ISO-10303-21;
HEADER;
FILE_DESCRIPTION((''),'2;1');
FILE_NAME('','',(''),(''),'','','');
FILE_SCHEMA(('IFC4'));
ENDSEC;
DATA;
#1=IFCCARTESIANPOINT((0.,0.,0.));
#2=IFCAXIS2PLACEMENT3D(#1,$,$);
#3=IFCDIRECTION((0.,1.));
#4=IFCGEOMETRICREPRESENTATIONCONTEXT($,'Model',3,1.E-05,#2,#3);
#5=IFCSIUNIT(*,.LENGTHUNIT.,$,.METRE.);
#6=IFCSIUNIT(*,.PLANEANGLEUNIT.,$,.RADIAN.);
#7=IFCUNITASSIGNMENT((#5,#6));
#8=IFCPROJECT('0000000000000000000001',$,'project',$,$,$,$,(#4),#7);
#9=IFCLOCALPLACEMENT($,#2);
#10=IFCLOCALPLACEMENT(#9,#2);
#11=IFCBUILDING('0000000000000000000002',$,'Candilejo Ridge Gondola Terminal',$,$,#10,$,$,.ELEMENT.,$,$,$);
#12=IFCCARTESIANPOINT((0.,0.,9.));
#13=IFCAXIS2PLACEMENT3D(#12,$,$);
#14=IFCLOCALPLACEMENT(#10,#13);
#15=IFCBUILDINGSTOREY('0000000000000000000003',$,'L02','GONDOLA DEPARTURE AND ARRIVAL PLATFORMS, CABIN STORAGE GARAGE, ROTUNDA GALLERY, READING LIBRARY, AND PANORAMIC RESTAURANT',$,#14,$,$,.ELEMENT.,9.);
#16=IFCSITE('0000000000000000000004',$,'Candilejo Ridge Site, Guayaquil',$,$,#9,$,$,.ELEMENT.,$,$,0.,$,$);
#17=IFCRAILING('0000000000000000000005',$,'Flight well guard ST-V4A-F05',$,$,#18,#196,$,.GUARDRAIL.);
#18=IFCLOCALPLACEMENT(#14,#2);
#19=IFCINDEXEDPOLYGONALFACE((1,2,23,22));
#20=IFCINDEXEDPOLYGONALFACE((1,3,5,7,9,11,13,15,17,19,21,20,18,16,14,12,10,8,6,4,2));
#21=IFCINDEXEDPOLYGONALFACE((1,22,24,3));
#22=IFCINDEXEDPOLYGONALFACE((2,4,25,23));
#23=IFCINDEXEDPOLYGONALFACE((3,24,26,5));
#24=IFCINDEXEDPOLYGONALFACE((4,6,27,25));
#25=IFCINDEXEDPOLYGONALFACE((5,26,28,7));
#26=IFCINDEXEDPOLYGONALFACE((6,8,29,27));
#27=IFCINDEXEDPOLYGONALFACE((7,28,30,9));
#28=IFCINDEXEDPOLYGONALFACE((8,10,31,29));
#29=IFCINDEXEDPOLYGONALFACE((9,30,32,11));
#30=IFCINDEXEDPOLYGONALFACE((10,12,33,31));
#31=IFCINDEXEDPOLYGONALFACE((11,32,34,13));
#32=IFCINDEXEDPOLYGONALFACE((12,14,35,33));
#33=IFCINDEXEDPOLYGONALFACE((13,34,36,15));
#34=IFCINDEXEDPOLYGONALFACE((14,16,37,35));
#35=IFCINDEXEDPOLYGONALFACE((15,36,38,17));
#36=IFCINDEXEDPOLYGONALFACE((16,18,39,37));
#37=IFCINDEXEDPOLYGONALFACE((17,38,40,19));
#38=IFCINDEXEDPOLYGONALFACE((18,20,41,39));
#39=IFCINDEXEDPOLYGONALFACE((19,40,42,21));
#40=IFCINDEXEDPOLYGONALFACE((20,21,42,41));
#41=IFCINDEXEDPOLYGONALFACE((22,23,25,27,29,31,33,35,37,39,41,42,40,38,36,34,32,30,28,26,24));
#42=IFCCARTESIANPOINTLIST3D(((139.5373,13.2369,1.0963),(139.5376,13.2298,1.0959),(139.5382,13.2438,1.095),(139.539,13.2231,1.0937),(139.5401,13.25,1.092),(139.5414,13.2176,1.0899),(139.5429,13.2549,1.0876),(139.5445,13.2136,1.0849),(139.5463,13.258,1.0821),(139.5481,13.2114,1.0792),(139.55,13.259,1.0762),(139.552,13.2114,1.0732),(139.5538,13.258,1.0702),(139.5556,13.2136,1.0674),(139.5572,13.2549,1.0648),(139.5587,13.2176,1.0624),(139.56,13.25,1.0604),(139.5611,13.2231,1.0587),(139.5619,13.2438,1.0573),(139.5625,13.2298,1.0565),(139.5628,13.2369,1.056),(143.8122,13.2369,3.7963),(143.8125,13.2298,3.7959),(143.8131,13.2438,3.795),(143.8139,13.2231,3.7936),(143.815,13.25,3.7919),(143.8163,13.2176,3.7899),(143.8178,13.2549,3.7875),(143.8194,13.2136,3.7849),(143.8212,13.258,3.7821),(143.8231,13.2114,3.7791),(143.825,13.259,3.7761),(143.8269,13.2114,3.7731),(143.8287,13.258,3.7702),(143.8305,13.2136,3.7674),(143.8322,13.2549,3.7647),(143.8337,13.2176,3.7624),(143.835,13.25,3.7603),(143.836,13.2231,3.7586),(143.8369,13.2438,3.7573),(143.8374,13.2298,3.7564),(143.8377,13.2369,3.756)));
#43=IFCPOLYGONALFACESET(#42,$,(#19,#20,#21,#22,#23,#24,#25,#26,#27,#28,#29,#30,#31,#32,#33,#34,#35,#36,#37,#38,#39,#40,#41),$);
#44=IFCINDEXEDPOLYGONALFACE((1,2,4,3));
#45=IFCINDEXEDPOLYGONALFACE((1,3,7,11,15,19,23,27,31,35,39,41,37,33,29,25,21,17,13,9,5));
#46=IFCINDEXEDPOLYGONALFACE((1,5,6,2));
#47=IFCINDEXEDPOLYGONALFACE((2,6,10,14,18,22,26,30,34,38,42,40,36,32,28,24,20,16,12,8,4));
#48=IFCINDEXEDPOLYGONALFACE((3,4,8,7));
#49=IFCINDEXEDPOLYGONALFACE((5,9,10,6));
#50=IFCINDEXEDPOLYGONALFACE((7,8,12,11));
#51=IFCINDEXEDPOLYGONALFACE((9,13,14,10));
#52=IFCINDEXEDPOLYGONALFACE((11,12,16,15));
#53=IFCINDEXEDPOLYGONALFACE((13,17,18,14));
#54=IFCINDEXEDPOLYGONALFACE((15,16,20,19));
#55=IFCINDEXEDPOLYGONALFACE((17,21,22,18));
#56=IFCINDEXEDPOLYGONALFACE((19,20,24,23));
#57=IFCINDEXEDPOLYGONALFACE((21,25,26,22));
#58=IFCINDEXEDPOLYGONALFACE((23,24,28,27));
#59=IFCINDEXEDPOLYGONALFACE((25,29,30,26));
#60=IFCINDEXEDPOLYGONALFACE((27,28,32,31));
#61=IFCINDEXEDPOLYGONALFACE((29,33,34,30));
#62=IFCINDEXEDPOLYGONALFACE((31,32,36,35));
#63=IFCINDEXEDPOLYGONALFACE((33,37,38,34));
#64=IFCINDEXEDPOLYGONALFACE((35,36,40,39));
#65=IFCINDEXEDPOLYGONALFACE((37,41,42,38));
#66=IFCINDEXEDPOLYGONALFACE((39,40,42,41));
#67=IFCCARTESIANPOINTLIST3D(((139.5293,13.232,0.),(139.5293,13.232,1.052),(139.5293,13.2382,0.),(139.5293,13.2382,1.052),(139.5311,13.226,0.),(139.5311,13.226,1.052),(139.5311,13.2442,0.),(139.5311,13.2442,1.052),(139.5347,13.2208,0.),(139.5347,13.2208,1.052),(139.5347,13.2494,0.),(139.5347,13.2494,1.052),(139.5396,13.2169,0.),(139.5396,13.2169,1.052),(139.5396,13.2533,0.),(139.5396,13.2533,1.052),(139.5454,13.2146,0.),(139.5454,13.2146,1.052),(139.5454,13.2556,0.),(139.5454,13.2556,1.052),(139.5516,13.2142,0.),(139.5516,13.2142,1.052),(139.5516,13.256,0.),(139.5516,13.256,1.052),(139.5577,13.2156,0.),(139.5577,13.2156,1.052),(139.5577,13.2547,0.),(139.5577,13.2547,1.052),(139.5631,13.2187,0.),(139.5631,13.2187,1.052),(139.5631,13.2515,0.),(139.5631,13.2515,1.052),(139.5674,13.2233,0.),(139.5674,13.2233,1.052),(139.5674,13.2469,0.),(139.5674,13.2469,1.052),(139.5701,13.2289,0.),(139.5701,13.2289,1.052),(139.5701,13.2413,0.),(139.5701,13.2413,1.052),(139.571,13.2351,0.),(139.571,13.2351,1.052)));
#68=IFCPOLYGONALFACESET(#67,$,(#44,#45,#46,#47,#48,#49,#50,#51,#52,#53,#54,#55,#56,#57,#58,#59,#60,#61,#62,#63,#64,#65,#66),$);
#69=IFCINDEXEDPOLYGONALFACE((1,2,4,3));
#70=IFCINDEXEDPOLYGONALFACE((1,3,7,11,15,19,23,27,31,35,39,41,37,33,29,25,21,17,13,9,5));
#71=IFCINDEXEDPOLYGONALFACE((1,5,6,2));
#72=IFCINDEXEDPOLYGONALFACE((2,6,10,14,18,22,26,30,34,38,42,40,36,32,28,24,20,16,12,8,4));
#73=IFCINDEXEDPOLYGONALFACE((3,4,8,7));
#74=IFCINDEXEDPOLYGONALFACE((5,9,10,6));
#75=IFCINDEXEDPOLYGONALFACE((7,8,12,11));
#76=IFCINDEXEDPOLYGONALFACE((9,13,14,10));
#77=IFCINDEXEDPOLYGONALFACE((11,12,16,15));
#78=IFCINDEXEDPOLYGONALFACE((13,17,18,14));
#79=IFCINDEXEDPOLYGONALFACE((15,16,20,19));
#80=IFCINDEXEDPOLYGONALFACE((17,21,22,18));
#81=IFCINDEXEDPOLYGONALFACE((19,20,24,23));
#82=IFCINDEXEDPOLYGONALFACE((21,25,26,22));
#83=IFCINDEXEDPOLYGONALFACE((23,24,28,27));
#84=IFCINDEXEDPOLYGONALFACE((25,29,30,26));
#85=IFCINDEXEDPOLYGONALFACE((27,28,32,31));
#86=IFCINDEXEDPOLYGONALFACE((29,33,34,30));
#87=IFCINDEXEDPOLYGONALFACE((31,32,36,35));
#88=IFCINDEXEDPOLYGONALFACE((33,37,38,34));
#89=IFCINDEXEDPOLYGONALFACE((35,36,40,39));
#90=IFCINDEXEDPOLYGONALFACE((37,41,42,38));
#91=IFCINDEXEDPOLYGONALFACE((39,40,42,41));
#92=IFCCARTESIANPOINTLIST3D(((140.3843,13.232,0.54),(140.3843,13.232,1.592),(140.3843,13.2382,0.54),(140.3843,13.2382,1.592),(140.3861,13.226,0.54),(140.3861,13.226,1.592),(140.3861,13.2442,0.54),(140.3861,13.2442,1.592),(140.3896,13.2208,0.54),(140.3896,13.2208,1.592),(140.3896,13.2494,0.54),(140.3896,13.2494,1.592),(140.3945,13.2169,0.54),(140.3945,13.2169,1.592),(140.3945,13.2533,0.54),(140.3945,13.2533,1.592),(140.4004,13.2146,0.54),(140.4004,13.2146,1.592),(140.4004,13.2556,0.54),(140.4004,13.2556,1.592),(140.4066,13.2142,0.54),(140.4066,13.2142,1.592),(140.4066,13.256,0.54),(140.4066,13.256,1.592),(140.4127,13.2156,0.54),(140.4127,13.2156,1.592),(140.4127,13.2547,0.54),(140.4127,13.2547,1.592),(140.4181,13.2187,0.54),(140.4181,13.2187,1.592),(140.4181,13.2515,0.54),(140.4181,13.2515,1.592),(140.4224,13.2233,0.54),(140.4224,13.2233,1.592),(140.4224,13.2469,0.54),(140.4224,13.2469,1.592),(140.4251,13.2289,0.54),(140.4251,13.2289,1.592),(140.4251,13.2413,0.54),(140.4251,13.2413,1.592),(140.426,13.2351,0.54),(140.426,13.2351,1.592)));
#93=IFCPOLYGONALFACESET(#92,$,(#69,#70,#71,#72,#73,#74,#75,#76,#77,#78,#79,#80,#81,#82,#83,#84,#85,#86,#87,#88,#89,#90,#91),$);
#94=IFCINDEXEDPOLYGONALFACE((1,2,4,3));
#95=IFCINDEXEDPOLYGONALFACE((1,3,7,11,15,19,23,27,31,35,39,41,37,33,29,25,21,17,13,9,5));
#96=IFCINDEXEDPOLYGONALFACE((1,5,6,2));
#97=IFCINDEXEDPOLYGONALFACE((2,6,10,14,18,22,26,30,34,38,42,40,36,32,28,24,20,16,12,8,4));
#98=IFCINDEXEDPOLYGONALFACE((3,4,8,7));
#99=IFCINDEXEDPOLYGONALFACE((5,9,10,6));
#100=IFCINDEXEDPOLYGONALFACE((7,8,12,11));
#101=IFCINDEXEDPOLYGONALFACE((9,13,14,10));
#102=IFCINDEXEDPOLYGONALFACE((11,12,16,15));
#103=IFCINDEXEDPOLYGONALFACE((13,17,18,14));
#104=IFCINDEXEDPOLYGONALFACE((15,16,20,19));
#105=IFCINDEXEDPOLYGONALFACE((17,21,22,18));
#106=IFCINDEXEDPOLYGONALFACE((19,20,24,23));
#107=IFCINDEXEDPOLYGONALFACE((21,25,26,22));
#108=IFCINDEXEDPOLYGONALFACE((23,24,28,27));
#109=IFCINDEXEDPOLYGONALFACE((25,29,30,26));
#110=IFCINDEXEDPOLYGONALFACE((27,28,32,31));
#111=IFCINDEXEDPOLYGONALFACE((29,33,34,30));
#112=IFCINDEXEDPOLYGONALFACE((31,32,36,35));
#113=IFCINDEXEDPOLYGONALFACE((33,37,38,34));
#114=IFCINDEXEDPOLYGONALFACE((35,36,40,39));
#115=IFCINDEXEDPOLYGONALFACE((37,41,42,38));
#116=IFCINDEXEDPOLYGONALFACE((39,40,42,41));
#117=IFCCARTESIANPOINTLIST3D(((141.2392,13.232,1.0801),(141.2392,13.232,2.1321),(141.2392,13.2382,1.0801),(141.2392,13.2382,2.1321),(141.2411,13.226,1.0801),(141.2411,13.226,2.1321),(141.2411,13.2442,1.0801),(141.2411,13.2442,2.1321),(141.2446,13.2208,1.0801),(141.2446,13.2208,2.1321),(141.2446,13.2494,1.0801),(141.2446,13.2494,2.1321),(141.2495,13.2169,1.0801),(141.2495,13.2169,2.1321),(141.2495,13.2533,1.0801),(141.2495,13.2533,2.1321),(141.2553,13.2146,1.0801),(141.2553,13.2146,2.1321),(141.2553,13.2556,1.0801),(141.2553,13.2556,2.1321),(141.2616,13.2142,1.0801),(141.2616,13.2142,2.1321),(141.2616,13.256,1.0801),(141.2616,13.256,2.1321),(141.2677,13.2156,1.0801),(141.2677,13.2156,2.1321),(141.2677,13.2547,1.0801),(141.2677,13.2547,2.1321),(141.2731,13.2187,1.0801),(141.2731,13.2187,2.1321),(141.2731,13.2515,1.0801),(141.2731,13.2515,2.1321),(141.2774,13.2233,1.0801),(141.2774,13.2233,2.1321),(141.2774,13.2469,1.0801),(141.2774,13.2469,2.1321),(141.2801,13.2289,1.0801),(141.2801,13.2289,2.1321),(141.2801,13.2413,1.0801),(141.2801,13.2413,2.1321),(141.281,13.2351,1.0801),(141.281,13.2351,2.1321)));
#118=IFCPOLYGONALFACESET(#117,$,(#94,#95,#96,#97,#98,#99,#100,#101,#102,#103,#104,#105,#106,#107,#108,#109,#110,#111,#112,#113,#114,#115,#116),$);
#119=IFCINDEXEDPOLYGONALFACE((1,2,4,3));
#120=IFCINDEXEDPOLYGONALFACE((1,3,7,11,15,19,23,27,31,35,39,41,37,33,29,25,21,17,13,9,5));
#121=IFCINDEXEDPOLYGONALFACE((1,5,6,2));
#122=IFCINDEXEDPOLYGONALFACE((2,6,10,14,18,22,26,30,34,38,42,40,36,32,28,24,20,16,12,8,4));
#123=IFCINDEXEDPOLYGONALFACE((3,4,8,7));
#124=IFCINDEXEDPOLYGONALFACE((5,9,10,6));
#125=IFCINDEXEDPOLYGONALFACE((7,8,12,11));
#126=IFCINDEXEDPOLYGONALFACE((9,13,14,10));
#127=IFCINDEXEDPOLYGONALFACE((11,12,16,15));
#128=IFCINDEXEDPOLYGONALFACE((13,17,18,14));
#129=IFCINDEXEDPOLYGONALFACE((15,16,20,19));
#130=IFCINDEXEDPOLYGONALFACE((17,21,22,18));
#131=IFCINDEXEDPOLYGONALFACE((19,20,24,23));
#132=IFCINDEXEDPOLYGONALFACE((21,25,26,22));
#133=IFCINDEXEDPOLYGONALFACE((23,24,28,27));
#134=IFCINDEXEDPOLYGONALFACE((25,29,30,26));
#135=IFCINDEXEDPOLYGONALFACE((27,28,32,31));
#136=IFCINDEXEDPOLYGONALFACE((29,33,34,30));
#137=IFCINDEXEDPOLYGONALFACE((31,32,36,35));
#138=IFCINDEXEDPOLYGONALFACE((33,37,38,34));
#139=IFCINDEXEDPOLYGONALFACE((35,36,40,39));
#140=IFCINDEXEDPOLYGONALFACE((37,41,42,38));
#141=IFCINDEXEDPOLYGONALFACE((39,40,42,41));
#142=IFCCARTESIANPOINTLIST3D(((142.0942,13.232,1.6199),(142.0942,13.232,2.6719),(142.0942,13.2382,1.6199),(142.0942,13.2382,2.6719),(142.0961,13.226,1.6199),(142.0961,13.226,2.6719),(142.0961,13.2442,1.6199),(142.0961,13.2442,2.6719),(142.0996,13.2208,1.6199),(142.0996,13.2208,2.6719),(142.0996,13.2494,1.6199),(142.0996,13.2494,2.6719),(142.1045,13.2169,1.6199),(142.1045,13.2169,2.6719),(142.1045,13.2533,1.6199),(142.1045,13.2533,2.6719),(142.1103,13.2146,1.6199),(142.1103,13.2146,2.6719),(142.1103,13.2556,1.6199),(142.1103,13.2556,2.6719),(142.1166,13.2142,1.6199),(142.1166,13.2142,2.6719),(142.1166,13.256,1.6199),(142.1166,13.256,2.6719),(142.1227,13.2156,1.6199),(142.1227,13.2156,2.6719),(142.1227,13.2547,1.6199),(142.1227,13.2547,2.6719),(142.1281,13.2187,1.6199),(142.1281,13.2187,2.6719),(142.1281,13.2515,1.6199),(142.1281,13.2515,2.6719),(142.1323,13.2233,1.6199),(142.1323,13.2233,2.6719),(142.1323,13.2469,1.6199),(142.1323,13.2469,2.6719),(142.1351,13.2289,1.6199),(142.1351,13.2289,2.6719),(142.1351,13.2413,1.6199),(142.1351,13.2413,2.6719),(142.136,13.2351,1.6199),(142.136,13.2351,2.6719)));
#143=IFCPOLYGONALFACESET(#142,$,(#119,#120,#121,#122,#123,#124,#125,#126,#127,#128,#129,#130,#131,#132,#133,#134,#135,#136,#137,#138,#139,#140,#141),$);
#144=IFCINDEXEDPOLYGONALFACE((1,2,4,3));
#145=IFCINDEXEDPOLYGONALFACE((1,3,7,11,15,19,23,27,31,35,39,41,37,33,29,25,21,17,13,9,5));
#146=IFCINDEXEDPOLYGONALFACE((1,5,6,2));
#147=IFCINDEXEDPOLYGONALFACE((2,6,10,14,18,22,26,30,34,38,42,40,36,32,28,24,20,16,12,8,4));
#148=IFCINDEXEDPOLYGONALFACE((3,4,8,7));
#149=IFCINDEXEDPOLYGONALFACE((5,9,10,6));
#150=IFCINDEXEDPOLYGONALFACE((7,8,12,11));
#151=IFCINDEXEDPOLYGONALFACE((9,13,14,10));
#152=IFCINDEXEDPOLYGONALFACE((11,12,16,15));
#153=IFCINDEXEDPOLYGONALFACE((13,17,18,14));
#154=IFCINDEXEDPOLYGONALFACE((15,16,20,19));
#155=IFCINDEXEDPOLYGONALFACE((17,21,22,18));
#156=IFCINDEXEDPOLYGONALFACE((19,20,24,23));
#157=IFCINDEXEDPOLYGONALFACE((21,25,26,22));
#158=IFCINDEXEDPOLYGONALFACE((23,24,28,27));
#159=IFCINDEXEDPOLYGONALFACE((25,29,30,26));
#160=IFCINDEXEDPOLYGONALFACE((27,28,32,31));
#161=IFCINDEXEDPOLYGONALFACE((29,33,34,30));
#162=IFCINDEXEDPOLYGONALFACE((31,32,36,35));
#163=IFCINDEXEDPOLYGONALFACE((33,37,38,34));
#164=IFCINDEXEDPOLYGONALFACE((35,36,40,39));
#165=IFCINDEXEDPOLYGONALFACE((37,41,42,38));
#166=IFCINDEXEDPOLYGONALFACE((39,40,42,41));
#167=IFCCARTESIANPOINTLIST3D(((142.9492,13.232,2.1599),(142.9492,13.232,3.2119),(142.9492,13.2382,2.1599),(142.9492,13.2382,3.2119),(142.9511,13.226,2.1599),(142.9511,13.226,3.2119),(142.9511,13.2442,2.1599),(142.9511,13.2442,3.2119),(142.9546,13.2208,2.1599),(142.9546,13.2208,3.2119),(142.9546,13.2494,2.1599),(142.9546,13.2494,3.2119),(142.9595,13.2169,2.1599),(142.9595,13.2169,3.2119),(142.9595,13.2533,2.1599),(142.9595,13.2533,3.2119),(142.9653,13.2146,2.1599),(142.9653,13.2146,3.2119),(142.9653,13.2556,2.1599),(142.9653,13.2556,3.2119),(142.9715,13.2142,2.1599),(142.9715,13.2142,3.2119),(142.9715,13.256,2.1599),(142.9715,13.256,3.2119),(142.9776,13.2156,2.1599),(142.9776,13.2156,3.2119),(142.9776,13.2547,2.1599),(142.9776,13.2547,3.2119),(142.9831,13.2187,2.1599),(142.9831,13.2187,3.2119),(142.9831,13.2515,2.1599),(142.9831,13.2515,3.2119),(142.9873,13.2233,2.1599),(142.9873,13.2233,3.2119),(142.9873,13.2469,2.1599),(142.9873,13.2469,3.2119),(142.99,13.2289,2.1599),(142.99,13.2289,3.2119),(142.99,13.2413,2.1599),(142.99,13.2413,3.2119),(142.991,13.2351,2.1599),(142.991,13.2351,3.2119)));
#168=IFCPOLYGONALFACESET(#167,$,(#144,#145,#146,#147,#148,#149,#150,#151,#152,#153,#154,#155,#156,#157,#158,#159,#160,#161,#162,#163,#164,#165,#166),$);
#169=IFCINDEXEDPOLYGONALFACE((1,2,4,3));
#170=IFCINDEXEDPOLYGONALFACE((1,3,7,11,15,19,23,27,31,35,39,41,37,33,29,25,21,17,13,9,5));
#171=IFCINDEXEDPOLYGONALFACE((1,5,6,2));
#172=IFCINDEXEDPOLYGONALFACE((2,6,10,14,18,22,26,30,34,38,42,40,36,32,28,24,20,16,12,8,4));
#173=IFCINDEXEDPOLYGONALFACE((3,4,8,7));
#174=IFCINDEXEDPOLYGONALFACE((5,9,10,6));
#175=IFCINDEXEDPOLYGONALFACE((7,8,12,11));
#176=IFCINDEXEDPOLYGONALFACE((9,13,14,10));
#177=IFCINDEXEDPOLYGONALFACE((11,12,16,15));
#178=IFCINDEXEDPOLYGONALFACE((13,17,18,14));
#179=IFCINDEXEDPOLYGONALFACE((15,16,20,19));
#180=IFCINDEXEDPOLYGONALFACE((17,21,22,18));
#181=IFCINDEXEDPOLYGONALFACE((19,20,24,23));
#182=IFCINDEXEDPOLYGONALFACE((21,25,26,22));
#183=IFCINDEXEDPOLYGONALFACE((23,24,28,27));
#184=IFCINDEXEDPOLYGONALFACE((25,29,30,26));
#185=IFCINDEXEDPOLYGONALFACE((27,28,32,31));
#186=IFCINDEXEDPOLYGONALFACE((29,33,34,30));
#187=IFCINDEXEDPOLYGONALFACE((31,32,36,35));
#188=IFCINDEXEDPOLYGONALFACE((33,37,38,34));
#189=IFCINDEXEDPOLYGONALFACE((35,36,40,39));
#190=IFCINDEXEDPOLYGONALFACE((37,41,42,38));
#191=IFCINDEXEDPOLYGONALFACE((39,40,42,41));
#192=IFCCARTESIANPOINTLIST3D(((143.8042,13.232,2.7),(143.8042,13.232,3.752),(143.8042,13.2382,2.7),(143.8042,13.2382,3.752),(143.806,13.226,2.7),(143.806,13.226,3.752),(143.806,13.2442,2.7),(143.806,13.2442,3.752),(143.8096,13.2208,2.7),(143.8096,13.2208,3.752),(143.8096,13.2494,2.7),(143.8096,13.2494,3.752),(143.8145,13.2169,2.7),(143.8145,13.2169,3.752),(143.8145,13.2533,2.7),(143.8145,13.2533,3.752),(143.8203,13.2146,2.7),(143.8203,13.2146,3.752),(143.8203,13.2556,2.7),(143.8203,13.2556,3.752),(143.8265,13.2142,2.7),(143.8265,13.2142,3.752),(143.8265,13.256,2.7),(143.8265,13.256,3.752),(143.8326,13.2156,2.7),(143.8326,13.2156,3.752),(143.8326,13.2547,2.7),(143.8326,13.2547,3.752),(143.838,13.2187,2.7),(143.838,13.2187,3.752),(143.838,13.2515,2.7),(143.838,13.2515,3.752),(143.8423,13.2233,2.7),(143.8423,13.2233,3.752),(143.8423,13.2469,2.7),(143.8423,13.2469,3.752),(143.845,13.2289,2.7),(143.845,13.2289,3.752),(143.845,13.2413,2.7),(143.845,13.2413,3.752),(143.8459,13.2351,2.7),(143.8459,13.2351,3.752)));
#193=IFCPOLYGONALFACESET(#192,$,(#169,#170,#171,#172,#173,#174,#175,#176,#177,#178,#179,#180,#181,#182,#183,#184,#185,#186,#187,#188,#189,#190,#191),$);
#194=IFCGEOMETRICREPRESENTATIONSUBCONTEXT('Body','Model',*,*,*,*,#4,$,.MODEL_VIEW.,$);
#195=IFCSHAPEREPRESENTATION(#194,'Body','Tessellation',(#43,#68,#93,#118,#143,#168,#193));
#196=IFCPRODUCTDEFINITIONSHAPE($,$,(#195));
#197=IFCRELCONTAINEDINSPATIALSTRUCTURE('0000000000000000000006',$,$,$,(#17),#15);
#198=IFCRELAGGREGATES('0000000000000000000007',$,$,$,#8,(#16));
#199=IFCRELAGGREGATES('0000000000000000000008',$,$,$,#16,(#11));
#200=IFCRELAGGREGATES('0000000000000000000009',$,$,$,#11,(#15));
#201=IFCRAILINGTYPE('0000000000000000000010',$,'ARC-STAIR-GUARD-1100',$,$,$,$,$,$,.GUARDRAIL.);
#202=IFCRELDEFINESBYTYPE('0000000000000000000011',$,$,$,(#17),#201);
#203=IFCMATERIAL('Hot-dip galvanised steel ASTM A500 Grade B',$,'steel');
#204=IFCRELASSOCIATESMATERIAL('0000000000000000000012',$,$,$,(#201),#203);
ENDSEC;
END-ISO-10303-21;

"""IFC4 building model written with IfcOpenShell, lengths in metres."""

from ifc_helpers import new_model, si_unit, direction, frame, origin, origin_2d, place, context, subcontext, project, spatial, circle, extrude, material, type_object, element, save


model = new_model("IFC4")

# Units and contexts
model_context = context("Model", 3, precision=1e-05, world=origin(), true_north=direction((0.0, 1.0)))
body_context = subcontext(model_context, "Body", "Model", "MODEL_VIEW")
ifc_project = project(units=[si_unit("LENGTHUNIT", "METRE"), si_unit("PLANEANGLEUNIT", "RADIAN")], contexts=[model_context])

# Site, building, storey
site_placement = place(None, origin())
site = spatial("IfcSite", under=ifc_project, at=site_placement, Name="Candilejo Ridge Site, Guayaquil", CompositionType="ELEMENT", RefElevation=0.0)
building_placement = place(site_placement, origin())
building = spatial("IfcBuilding", under=site, at=building_placement, Name="Candilejo Ridge Gondola Terminal", CompositionType="ELEMENT")
storey_placement = place(building_placement, frame((0.0, 0.0, 9.0)))
storey = spatial("IfcBuildingStorey", under=building, at=storey_placement, Name="L02", Description="GONDOLA DEPARTURE AND ARRIVAL PLATFORMS, CABIN STORAGE GARAGE, ROTUNDA GALLERY, READING LIBRARY, AND PANORAMIC RESTAURANT", CompositionType="ELEMENT", Elevation=9.0)

# Railing
ifc_material_1 = material(Name="Hot-dip galvanised steel ASTM A500 Grade B", Category="steel")
railing_type_1 = type_object("IfcRailingType", Name="ARC-STAIR-GUARD-1100", PredefinedType="GUARDRAIL", material=ifc_material_1)
railing_1_placement = place(storey_placement, frame((139.55, 13.2351, 0.0)))
element("IfcRailing", 1, at=railing_1_placement, inside=storey, type_object=railing_type_1, Name="Flight well guard ST-V4A-F05", PredefinedType="GUARDRAIL", context=body_context, shape_type="SweptSolid", body=[
    extrude(circle(Radius=0.0239, at=origin_2d()), frame((0.0, 0.0, 1.0762), z_axis=(0.845488, 0.0, 0.533995), x_axis=(0.0, 1.0, 0.0)), (0.0, 0.0, 1.0), 5.0562),
    extrude(circle(Radius=0.021, at=origin_2d()), origin(), (0.0, 0.0, 1.0), 1.052),
    extrude(circle(Radius=0.021, at=origin_2d()), frame((0.855, 0.0, 0.54)), (0.0, 0.0, 1.0), 1.052),
    extrude(circle(Radius=0.021, at=origin_2d()), frame((1.71, 0.0, 1.0801)), (0.0, 0.0, 1.0), 1.052),
    extrude(circle(Radius=0.021, at=origin_2d()), frame((2.5649, 0.0, 1.6199)), (0.0, 0.0, 1.0), 1.052),
    extrude(circle(Radius=0.021, at=origin_2d()), frame((3.4199, 0.0, 2.1599)), (0.0, 0.0, 1.0), 1.052),
    extrude(circle(Radius=0.021, at=origin_2d()), frame((4.2749, 0.0, 2.7)), (0.0, 0.0, 1.0), 1.052),
])

save(model, "model.ifc")
